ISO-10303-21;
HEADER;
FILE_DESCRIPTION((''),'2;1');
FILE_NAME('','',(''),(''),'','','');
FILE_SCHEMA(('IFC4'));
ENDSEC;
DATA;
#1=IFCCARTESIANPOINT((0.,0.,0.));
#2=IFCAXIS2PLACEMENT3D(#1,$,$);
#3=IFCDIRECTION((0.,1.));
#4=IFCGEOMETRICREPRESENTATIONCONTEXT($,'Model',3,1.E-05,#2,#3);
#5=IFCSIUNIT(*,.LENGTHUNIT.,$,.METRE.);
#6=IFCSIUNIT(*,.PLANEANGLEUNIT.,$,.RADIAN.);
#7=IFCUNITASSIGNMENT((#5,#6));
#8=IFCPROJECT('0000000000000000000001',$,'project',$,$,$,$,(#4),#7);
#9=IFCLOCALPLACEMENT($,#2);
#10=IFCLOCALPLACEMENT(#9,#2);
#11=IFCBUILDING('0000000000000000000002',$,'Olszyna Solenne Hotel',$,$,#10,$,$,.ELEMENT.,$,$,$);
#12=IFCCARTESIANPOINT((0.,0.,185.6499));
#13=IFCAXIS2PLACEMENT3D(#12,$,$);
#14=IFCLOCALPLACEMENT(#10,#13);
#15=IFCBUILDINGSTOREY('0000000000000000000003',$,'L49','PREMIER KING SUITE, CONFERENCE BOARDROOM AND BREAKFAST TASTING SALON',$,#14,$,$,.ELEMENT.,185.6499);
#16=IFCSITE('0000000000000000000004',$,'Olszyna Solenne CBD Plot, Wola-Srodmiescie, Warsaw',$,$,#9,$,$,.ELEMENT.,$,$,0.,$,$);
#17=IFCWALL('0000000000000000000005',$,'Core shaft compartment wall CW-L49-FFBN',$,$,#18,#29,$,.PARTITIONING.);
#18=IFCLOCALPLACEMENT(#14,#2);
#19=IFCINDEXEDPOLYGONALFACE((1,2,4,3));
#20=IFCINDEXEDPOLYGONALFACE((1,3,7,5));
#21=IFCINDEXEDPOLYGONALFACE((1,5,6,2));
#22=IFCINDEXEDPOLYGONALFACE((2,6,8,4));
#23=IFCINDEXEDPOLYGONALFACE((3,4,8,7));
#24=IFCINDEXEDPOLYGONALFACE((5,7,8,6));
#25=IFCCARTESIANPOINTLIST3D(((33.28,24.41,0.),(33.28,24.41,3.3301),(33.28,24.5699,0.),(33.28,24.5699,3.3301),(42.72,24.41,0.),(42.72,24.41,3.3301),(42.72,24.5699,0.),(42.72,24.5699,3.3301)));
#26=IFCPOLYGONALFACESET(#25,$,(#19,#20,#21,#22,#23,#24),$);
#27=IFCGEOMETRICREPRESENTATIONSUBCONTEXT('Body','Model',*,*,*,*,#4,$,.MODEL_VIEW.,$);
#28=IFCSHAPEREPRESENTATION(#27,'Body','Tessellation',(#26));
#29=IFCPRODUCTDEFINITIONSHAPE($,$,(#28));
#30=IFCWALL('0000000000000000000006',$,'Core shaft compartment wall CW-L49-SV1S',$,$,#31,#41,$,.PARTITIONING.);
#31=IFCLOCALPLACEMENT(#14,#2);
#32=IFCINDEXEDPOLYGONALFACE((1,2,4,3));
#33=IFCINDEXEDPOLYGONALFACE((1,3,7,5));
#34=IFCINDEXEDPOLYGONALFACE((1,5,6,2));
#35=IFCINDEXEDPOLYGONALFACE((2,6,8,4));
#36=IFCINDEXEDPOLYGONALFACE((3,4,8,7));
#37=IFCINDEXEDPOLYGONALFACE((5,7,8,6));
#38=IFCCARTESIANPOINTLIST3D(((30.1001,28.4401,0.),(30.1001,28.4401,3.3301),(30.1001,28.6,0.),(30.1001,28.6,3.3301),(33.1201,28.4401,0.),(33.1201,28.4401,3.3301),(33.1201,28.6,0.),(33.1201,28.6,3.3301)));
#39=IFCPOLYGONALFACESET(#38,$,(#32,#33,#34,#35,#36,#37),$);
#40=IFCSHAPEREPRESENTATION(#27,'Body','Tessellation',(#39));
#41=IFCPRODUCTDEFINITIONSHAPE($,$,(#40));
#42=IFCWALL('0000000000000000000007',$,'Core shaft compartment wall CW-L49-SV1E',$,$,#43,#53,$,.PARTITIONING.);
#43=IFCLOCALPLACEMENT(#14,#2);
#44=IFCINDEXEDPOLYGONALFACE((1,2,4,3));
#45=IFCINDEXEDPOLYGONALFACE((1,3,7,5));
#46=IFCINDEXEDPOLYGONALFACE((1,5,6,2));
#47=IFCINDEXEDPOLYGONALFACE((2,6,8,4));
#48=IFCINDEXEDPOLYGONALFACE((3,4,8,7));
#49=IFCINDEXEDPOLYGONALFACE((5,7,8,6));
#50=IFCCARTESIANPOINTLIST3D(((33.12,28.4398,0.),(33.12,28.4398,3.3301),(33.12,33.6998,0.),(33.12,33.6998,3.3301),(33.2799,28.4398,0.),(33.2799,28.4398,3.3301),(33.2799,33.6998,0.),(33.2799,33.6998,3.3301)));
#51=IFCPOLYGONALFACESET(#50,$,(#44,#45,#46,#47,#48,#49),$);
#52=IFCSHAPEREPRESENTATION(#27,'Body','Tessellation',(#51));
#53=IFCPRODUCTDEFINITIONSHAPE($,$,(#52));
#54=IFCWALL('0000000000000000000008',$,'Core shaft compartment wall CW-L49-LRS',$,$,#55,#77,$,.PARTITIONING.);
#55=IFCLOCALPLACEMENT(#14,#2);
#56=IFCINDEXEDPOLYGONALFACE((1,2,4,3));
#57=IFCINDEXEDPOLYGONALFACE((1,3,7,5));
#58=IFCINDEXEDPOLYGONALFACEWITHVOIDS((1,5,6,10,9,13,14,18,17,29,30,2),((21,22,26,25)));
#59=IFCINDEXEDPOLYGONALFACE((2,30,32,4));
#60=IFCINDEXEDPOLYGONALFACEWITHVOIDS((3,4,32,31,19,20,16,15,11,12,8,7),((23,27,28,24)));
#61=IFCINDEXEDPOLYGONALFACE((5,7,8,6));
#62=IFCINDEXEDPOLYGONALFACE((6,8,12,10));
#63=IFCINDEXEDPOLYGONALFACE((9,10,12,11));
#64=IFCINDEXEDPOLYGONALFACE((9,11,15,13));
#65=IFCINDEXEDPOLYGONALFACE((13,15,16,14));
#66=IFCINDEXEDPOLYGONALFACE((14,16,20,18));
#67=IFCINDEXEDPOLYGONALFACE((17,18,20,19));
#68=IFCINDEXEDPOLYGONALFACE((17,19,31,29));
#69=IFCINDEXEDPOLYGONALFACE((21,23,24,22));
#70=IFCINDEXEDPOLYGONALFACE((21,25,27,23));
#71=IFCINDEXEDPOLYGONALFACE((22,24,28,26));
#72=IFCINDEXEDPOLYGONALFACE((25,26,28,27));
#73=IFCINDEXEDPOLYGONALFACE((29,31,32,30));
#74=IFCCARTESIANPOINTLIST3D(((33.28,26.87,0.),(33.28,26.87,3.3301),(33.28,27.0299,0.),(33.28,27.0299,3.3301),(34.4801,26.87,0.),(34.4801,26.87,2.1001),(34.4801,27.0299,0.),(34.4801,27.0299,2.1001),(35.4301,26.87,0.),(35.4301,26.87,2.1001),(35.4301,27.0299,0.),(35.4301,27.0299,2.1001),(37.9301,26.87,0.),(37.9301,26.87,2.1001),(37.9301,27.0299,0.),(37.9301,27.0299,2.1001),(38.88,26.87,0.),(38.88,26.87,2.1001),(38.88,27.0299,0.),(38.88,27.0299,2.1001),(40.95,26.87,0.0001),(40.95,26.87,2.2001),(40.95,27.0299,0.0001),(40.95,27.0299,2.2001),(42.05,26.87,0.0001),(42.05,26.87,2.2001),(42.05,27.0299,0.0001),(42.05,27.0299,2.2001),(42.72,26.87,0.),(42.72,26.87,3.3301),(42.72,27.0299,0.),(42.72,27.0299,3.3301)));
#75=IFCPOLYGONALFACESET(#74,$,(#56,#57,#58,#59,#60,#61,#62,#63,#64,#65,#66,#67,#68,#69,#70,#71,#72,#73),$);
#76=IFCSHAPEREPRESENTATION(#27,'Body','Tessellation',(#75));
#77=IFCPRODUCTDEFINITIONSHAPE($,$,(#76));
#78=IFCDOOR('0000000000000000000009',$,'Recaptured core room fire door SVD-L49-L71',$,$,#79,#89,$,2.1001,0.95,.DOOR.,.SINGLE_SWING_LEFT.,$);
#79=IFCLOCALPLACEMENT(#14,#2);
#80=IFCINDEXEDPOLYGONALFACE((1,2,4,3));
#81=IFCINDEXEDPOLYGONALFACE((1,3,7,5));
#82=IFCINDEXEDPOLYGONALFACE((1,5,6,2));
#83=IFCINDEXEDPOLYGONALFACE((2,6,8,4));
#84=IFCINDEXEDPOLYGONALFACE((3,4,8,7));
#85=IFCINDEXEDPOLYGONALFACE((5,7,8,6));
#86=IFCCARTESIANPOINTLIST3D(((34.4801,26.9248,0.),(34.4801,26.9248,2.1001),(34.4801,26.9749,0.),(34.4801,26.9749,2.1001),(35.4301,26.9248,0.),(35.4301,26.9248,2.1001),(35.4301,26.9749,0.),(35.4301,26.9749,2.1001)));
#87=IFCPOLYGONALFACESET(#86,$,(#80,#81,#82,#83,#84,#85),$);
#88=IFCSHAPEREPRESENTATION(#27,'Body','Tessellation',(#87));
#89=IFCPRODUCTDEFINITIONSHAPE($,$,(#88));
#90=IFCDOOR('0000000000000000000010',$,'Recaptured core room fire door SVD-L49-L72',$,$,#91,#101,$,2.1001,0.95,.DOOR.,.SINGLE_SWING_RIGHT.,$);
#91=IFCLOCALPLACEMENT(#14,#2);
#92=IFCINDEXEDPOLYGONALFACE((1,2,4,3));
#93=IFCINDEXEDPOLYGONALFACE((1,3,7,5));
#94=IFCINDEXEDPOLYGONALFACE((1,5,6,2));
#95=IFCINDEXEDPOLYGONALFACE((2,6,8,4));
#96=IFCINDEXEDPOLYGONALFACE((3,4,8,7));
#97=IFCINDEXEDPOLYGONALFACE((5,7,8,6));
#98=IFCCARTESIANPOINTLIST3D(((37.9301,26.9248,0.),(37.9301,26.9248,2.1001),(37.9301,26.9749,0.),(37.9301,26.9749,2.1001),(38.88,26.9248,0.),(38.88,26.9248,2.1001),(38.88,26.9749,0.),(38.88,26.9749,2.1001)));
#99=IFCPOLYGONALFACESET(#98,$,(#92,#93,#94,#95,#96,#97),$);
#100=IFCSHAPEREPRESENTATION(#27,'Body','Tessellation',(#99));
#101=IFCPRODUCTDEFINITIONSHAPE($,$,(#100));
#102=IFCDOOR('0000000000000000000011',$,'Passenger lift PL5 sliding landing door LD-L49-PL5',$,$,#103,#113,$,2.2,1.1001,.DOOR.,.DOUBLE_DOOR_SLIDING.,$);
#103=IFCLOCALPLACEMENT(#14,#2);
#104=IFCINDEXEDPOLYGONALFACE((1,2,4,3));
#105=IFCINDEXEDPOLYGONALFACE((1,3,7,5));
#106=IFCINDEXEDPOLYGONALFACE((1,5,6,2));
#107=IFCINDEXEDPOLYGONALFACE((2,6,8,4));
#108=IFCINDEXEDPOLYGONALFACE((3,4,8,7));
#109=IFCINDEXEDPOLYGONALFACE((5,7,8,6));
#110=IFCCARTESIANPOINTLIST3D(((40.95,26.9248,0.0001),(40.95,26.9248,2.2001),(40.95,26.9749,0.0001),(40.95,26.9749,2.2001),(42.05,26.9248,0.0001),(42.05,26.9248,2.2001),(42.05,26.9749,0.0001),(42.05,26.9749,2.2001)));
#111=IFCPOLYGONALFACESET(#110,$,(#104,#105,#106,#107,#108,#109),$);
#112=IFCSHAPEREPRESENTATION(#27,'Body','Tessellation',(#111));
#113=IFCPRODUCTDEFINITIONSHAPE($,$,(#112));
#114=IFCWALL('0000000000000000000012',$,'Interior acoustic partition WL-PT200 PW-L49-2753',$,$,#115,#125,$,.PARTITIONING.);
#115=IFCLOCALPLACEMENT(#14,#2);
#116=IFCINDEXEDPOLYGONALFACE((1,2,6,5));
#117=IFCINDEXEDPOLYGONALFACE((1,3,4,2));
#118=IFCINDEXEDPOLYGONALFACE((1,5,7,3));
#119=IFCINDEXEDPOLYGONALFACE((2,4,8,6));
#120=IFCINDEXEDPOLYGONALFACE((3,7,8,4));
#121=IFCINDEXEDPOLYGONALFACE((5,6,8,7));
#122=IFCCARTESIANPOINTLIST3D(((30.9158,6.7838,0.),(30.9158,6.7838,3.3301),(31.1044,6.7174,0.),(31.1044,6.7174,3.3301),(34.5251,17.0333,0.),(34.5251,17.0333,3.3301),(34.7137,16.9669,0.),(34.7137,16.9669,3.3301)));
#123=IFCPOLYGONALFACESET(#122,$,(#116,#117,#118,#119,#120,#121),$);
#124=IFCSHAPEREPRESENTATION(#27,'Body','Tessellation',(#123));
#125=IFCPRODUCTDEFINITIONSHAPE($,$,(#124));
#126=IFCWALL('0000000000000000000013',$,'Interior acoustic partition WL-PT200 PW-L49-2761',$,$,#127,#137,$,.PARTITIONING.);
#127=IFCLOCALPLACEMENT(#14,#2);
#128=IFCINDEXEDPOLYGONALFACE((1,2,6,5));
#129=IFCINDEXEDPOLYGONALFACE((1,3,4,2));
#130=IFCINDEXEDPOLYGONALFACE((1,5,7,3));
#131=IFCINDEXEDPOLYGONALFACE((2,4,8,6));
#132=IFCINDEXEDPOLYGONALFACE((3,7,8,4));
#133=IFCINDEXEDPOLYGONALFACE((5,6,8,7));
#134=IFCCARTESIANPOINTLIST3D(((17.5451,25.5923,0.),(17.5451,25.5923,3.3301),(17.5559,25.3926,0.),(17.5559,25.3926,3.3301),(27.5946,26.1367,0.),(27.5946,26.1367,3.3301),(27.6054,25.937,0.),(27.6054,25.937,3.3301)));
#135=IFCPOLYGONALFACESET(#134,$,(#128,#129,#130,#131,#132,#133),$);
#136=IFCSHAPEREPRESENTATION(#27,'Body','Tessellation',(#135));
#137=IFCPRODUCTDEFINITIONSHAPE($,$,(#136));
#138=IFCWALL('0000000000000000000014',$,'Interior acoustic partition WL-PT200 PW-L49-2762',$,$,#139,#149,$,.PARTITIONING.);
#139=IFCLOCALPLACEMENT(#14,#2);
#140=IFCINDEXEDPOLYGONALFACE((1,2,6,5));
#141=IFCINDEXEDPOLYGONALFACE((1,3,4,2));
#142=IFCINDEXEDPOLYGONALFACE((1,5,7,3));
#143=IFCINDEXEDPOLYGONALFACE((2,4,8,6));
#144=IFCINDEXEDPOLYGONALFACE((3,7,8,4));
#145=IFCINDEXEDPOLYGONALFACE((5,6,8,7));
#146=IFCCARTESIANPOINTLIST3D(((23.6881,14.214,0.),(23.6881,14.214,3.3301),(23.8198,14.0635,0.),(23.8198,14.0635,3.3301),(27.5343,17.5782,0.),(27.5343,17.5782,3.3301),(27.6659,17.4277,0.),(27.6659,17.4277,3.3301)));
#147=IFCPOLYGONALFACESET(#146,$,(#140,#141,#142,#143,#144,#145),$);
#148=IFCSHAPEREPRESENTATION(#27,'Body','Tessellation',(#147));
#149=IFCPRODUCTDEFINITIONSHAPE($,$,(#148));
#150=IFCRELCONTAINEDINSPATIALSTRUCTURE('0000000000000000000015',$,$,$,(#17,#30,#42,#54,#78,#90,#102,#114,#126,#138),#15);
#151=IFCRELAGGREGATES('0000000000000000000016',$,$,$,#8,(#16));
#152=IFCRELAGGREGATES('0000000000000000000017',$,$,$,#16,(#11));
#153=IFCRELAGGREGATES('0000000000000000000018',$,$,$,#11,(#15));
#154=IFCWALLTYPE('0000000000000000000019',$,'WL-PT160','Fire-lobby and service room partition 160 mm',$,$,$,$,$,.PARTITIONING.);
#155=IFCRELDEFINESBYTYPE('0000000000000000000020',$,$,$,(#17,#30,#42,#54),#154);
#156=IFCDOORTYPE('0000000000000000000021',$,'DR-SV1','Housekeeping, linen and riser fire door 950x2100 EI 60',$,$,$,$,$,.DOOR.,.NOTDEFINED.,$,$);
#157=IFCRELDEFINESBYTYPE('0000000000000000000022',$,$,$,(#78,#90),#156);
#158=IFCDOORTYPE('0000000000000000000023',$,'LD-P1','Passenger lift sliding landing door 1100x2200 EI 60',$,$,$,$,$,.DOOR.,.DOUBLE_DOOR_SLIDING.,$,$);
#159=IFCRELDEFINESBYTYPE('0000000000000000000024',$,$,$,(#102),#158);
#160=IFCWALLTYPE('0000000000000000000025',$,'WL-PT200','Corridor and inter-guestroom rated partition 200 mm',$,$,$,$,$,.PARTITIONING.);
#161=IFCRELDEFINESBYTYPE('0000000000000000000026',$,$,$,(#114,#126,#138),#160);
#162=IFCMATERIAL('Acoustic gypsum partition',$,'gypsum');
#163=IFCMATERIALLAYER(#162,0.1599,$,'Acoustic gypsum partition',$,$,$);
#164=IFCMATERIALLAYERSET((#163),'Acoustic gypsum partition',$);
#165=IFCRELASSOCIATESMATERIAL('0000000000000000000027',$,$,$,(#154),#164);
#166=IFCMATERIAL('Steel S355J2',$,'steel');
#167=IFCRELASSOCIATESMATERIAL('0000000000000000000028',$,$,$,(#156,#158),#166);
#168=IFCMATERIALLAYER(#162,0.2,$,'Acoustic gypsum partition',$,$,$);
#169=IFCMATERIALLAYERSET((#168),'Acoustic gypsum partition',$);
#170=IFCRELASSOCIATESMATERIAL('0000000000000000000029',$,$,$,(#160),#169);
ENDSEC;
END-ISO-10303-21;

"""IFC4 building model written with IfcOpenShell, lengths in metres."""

from ifc_helpers import new_model, si_unit, direction, frame, frame_2d, origin, place, context, subcontext, project, spatial, rectangle, extrude, source, transform, mapped, material, layer, layer_set, type_object, type_shapes, element, fill, save


model = new_model("IFC4")

# Units and contexts
model_context = context("Model", 3, precision=1e-05, world=origin(), true_north=direction((0.0, 1.0)))
body_context = subcontext(model_context, "Body", "Model", "MODEL_VIEW")
ifc_project = project(units=[si_unit("LENGTHUNIT", "METRE"), si_unit("PLANEANGLEUNIT", "RADIAN")], contexts=[model_context])

# Site, building, storey
site_placement = place(None, origin())
site = spatial("IfcSite", under=ifc_project, at=site_placement, Name="Olszyna Solenne CBD Plot, Wola-Srodmiescie, Warsaw", CompositionType="ELEMENT", RefElevation=0.0)
building_placement = place(site_placement, origin())
building = spatial("IfcBuilding", under=site, at=building_placement, Name="Olszyna Solenne Hotel", CompositionType="ELEMENT")
storey_placement = place(building_placement, frame((0.0, 0.0, 185.6499)))
storey = spatial("IfcBuildingStorey", under=building, at=storey_placement, Name="L49", Description="PREMIER KING SUITE, CONFERENCE BOARDROOM AND BREAKFAST TASTING SALON", CompositionType="ELEMENT", Elevation=185.6499)

# Shared definitions
ifc_material_1 = material(Name="Steel S355J2", Category="steel")

# Shared definitions
ifc_material_2 = material(Name="Acoustic gypsum partition", Category="gypsum")

# Shared definitions
ifc_layer_1 = layer(ifc_material_2, 0.1599, Name="Acoustic gypsum partition")
ifc_layer_set_1 = layer_set([ifc_layer_1], Name="Acoustic gypsum partition")
wall_type_1 = type_object("IfcWallType", Name="WL-PT160", Description="Fire-lobby and service room partition 160 mm", PredefinedType="PARTITIONING", material=ifc_layer_set_1)

# Walls
wall_1_placement = place(storey_placement, frame((33.28, 24.49, 0.0), z_axis=(0.0, 0.0, 1.0), x_axis=(1.0, 0.0, 0.0)))
element("IfcWall", 1, at=wall_1_placement, inside=storey, type_object=wall_type_1, Name="Core shaft compartment wall CW-L49-FFBN", PredefinedType="PARTITIONING", context=body_context, shape_type="SweptSolid", body=[
    extrude(rectangle(XDim=9.4399, YDim=0.1599, at=frame_2d((4.72, 0.0))), origin(), (0.0, 0.0, 1.0), 3.3301),
])
wall_2_placement = place(storey_placement, frame((30.1001, 28.52, 0.0), z_axis=(0.0, 0.0, 1.0), x_axis=(1.0, 0.0, 0.0)))
element("IfcWall", 2, at=wall_2_placement, inside=storey, type_object=wall_type_1, Name="Core shaft compartment wall CW-L49-SV1S", PredefinedType="PARTITIONING", context=body_context, shape_type="SweptSolid", body=[
    extrude(rectangle(XDim=3.02, YDim=0.1599, at=frame_2d((1.51, 0.0))), origin(), (0.0, 0.0, 1.0), 3.3301),
])
wall_3_placement = place(storey_placement, frame((33.2, 28.4399, 0.0), z_axis=(0.0, 0.0, 1.0), x_axis=(0.0, 1.0, 0.0)))
element("IfcWall", 3, at=wall_3_placement, inside=storey, type_object=wall_type_1, Name="Core shaft compartment wall CW-L49-SV1E", PredefinedType="PARTITIONING", context=body_context, shape_type="SweptSolid", body=[
    extrude(rectangle(XDim=5.26, YDim=0.1599, at=frame_2d((2.6299, 0.0))), origin(), (0.0, 0.0, 1.0), 3.3301),
])

# Wall, openings, doors
wall_4_placement = place(storey_placement, frame((33.28, 26.95, 0.0), z_axis=(0.0, 0.0, 1.0), x_axis=(1.0, 0.0, 0.0)))
wall_4 = element("IfcWall", 4, at=wall_4_placement, inside=storey, type_object=wall_type_1, Name="Core shaft compartment wall CW-L49-LRS", PredefinedType="PARTITIONING", context=body_context, shape_type="SweptSolid", body=[
    extrude(rectangle(XDim=9.4399, YDim=0.1599, at=frame_2d((4.72, 0.0))), origin(), (0.0, 0.0, 1.0), 3.3301),
])
opening_1_placement = place(wall_4_placement, frame((1.2, 0.0, 0.0)))
opening_1 = element("IfcOpeningElement", 5, at=opening_1_placement, cuts=wall_4, PredefinedType="OPENING", context=body_context, shape_type="SweptSolid", body=[
    extrude(rectangle(XDim=0.95, YDim=2.1001, at=frame_2d((0.4751, 1.05))), frame((0.0, 0.0898, 0.0), z_axis=(0.0, -1.0, 0.0), x_axis=(1.0, 0.0, 0.0)), (0.0, 0.0, 1.0), 0.1799),
])
opening_2_placement = place(wall_4_placement, frame((4.6499, 0.0, 0.0)))
opening_2 = element("IfcOpeningElement", 6, at=opening_2_placement, cuts=wall_4, PredefinedType="OPENING", context=body_context, shape_type="SweptSolid", body=[
    extrude(rectangle(XDim=0.95, YDim=2.1001, at=frame_2d((0.4751, 1.05))), frame((0.0, 0.0898, 0.0), z_axis=(0.0, -1.0, 0.0), x_axis=(1.0, 0.0, 0.0)), (0.0, 0.0, 1.0), 0.1799),
])
opening_3_placement = place(wall_4_placement, frame((7.6699, 0.0, 0.0)))
opening_3 = element("IfcOpeningElement", 7, at=opening_3_placement, cuts=wall_4, PredefinedType="OPENING", context=body_context, shape_type="SweptSolid", body=[
    extrude(rectangle(XDim=1.1001, YDim=2.2, at=frame_2d((0.55, 1.1001))), frame((0.0, 0.0898, 0.0), z_axis=(0.0, -1.0, 0.0), x_axis=(1.0, 0.0, 0.0)), (0.0, 0.0, 1.0), 0.1799),
])
door_type_1 = type_object("IfcDoorType", Name="DR-SV1", Description="Housekeeping, linen and riser fire door 950x2100 EI 60", OperationType="NOTDEFINED", PredefinedType="DOOR", material=ifc_material_1)
shared_shape_1 = source(origin(), body_context, "Body", "SweptSolid", [
    extrude(rectangle(XDim=0.95, YDim=2.1001, at=frame_2d((0.4751, 1.05))), frame((0.0, 0.0249, 0.0), z_axis=(0.0, -1.0, 0.0), x_axis=(1.0, 0.0, 0.0)), (0.0, 0.0, 1.0), 0.05),
])
type_shapes(door_type_1, [shared_shape_1])
door_1_placement = place(opening_1_placement, origin())
door_1 = element("IfcDoor", 8, at=door_1_placement, inside=storey, type_object=door_type_1, Name="Recaptured core room fire door SVD-L49-L71", OperationType="SINGLE_SWING_LEFT", OverallHeight=2.1001, OverallWidth=0.95, PredefinedType="DOOR", context=body_context, shape_type="MappedRepresentation", body=[
    mapped(shared_shape_1, transform((0.0, 0.0, 0.0), x_axis=(1.0, 0.0, 0.0), y_axis=(0.0, 1.0, 0.0), z_axis=(0.0, 0.0, 1.0), scale=1.0)),
])
fill(opening_1, door_1)
door_2_placement = place(opening_2_placement, origin())
door_2 = element("IfcDoor", 9, at=door_2_placement, inside=storey, type_object=door_type_1, Name="Recaptured core room fire door SVD-L49-L72", OperationType="SINGLE_SWING_RIGHT", OverallHeight=2.1001, OverallWidth=0.95, PredefinedType="DOOR", context=body_context, shape_type="MappedRepresentation", body=[
    mapped(shared_shape_1, transform((0.0, 0.0, 0.0), x_axis=(1.0, 0.0, 0.0), y_axis=(0.0, 1.0, 0.0), z_axis=(0.0, 0.0, 1.0), scale=1.0)),
])
fill(opening_2, door_2)
door_type_2 = type_object("IfcDoorType", Name="LD-P1", Description="Passenger lift sliding landing door 1100x2200 EI 60", OperationType="DOUBLE_DOOR_SLIDING", PredefinedType="DOOR", material=ifc_material_1)
shared_shape_2 = source(origin(), body_context, "Body", "SweptSolid", [
    extrude(rectangle(XDim=1.1001, YDim=2.2, at=frame_2d((0.55, 1.1001))), frame((0.0, 0.0249, 0.0), z_axis=(0.0, -1.0, 0.0), x_axis=(1.0, 0.0, 0.0)), (0.0, 0.0, 1.0), 0.05),
])
type_shapes(door_type_2, [shared_shape_2])
door_3_placement = place(opening_3_placement, origin())
door_3 = element("IfcDoor", 10, at=door_3_placement, inside=storey, type_object=door_type_2, Name="Passenger lift PL5 sliding landing door LD-L49-PL5", OperationType="DOUBLE_DOOR_SLIDING", OverallHeight=2.2, OverallWidth=1.1001, PredefinedType="DOOR", context=body_context, shape_type="MappedRepresentation", body=[
    mapped(shared_shape_2, transform((0.0, 0.0, 0.0), x_axis=(1.0, 0.0, 0.0), y_axis=(0.0, 1.0, 0.0), z_axis=(0.0, 0.0, 1.0), scale=1.0)),
])
fill(opening_3, door_3)

# Walls
ifc_layer_2 = layer(ifc_material_2, 0.2, Name="Acoustic gypsum partition")
ifc_layer_set_2 = layer_set([ifc_layer_2], Name="Acoustic gypsum partition")
wall_type_2 = type_object("IfcWallType", Name="WL-PT200", Description="Corridor and inter-guestroom rated partition 200 mm", PredefinedType="PARTITIONING", material=ifc_layer_set_2)
wall_5_placement = place(storey_placement, frame((34.6194, 17.0, 0.0), z_axis=(0.0, 0.0, 1.0), x_axis=(-0.332157, -0.943224, 0.0)))
element("IfcWall", 11, at=wall_5_placement, inside=storey, type_object=wall_type_2, Name="Interior acoustic partition WL-PT200 PW-L49-2753", PredefinedType="PARTITIONING", context=body_context, shape_type="SweptSolid", body=[
    extrude(rectangle(XDim=10.8665, YDim=0.2, at=frame_2d((5.4331, 0.0))), origin(), (0.0, 0.0, 1.0), 3.3301),
])
wall_6_placement = place(storey_placement, frame((27.6001, 26.0369, 0.0), z_axis=(0.0, 0.0, 1.0), x_axis=(-0.998536, -0.054096, 0.0)))
element("IfcWall", 12, at=wall_6_placement, inside=storey, type_object=wall_type_2, Name="Interior acoustic partition WL-PT200 PW-L49-2761", PredefinedType="PARTITIONING", context=body_context, shape_type="SweptSolid", body=[
    extrude(rectangle(XDim=10.0642, YDim=0.2, at=frame_2d((5.0322, 0.0))), origin(), (0.0, 0.0, 1.0), 3.3301),
])
wall_7_placement = place(storey_placement, frame((27.6001, 17.5029, 0.0), z_axis=(0.0, 0.0, 1.0), x_axis=(-0.752689, -0.658376, 0.0)))
element("IfcWall", 13, at=wall_7_placement, inside=storey, type_object=wall_type_2, Name="Interior acoustic partition WL-PT200 PW-L49-2762", PredefinedType="PARTITIONING", context=body_context, shape_type="SweptSolid", body=[
    extrude(rectangle(XDim=5.1099, YDim=0.2, at=frame_2d((2.5549, 0.0))), origin(), (0.0, 0.0, 1.0), 3.3301),
])

save(model, "model.ifc")
